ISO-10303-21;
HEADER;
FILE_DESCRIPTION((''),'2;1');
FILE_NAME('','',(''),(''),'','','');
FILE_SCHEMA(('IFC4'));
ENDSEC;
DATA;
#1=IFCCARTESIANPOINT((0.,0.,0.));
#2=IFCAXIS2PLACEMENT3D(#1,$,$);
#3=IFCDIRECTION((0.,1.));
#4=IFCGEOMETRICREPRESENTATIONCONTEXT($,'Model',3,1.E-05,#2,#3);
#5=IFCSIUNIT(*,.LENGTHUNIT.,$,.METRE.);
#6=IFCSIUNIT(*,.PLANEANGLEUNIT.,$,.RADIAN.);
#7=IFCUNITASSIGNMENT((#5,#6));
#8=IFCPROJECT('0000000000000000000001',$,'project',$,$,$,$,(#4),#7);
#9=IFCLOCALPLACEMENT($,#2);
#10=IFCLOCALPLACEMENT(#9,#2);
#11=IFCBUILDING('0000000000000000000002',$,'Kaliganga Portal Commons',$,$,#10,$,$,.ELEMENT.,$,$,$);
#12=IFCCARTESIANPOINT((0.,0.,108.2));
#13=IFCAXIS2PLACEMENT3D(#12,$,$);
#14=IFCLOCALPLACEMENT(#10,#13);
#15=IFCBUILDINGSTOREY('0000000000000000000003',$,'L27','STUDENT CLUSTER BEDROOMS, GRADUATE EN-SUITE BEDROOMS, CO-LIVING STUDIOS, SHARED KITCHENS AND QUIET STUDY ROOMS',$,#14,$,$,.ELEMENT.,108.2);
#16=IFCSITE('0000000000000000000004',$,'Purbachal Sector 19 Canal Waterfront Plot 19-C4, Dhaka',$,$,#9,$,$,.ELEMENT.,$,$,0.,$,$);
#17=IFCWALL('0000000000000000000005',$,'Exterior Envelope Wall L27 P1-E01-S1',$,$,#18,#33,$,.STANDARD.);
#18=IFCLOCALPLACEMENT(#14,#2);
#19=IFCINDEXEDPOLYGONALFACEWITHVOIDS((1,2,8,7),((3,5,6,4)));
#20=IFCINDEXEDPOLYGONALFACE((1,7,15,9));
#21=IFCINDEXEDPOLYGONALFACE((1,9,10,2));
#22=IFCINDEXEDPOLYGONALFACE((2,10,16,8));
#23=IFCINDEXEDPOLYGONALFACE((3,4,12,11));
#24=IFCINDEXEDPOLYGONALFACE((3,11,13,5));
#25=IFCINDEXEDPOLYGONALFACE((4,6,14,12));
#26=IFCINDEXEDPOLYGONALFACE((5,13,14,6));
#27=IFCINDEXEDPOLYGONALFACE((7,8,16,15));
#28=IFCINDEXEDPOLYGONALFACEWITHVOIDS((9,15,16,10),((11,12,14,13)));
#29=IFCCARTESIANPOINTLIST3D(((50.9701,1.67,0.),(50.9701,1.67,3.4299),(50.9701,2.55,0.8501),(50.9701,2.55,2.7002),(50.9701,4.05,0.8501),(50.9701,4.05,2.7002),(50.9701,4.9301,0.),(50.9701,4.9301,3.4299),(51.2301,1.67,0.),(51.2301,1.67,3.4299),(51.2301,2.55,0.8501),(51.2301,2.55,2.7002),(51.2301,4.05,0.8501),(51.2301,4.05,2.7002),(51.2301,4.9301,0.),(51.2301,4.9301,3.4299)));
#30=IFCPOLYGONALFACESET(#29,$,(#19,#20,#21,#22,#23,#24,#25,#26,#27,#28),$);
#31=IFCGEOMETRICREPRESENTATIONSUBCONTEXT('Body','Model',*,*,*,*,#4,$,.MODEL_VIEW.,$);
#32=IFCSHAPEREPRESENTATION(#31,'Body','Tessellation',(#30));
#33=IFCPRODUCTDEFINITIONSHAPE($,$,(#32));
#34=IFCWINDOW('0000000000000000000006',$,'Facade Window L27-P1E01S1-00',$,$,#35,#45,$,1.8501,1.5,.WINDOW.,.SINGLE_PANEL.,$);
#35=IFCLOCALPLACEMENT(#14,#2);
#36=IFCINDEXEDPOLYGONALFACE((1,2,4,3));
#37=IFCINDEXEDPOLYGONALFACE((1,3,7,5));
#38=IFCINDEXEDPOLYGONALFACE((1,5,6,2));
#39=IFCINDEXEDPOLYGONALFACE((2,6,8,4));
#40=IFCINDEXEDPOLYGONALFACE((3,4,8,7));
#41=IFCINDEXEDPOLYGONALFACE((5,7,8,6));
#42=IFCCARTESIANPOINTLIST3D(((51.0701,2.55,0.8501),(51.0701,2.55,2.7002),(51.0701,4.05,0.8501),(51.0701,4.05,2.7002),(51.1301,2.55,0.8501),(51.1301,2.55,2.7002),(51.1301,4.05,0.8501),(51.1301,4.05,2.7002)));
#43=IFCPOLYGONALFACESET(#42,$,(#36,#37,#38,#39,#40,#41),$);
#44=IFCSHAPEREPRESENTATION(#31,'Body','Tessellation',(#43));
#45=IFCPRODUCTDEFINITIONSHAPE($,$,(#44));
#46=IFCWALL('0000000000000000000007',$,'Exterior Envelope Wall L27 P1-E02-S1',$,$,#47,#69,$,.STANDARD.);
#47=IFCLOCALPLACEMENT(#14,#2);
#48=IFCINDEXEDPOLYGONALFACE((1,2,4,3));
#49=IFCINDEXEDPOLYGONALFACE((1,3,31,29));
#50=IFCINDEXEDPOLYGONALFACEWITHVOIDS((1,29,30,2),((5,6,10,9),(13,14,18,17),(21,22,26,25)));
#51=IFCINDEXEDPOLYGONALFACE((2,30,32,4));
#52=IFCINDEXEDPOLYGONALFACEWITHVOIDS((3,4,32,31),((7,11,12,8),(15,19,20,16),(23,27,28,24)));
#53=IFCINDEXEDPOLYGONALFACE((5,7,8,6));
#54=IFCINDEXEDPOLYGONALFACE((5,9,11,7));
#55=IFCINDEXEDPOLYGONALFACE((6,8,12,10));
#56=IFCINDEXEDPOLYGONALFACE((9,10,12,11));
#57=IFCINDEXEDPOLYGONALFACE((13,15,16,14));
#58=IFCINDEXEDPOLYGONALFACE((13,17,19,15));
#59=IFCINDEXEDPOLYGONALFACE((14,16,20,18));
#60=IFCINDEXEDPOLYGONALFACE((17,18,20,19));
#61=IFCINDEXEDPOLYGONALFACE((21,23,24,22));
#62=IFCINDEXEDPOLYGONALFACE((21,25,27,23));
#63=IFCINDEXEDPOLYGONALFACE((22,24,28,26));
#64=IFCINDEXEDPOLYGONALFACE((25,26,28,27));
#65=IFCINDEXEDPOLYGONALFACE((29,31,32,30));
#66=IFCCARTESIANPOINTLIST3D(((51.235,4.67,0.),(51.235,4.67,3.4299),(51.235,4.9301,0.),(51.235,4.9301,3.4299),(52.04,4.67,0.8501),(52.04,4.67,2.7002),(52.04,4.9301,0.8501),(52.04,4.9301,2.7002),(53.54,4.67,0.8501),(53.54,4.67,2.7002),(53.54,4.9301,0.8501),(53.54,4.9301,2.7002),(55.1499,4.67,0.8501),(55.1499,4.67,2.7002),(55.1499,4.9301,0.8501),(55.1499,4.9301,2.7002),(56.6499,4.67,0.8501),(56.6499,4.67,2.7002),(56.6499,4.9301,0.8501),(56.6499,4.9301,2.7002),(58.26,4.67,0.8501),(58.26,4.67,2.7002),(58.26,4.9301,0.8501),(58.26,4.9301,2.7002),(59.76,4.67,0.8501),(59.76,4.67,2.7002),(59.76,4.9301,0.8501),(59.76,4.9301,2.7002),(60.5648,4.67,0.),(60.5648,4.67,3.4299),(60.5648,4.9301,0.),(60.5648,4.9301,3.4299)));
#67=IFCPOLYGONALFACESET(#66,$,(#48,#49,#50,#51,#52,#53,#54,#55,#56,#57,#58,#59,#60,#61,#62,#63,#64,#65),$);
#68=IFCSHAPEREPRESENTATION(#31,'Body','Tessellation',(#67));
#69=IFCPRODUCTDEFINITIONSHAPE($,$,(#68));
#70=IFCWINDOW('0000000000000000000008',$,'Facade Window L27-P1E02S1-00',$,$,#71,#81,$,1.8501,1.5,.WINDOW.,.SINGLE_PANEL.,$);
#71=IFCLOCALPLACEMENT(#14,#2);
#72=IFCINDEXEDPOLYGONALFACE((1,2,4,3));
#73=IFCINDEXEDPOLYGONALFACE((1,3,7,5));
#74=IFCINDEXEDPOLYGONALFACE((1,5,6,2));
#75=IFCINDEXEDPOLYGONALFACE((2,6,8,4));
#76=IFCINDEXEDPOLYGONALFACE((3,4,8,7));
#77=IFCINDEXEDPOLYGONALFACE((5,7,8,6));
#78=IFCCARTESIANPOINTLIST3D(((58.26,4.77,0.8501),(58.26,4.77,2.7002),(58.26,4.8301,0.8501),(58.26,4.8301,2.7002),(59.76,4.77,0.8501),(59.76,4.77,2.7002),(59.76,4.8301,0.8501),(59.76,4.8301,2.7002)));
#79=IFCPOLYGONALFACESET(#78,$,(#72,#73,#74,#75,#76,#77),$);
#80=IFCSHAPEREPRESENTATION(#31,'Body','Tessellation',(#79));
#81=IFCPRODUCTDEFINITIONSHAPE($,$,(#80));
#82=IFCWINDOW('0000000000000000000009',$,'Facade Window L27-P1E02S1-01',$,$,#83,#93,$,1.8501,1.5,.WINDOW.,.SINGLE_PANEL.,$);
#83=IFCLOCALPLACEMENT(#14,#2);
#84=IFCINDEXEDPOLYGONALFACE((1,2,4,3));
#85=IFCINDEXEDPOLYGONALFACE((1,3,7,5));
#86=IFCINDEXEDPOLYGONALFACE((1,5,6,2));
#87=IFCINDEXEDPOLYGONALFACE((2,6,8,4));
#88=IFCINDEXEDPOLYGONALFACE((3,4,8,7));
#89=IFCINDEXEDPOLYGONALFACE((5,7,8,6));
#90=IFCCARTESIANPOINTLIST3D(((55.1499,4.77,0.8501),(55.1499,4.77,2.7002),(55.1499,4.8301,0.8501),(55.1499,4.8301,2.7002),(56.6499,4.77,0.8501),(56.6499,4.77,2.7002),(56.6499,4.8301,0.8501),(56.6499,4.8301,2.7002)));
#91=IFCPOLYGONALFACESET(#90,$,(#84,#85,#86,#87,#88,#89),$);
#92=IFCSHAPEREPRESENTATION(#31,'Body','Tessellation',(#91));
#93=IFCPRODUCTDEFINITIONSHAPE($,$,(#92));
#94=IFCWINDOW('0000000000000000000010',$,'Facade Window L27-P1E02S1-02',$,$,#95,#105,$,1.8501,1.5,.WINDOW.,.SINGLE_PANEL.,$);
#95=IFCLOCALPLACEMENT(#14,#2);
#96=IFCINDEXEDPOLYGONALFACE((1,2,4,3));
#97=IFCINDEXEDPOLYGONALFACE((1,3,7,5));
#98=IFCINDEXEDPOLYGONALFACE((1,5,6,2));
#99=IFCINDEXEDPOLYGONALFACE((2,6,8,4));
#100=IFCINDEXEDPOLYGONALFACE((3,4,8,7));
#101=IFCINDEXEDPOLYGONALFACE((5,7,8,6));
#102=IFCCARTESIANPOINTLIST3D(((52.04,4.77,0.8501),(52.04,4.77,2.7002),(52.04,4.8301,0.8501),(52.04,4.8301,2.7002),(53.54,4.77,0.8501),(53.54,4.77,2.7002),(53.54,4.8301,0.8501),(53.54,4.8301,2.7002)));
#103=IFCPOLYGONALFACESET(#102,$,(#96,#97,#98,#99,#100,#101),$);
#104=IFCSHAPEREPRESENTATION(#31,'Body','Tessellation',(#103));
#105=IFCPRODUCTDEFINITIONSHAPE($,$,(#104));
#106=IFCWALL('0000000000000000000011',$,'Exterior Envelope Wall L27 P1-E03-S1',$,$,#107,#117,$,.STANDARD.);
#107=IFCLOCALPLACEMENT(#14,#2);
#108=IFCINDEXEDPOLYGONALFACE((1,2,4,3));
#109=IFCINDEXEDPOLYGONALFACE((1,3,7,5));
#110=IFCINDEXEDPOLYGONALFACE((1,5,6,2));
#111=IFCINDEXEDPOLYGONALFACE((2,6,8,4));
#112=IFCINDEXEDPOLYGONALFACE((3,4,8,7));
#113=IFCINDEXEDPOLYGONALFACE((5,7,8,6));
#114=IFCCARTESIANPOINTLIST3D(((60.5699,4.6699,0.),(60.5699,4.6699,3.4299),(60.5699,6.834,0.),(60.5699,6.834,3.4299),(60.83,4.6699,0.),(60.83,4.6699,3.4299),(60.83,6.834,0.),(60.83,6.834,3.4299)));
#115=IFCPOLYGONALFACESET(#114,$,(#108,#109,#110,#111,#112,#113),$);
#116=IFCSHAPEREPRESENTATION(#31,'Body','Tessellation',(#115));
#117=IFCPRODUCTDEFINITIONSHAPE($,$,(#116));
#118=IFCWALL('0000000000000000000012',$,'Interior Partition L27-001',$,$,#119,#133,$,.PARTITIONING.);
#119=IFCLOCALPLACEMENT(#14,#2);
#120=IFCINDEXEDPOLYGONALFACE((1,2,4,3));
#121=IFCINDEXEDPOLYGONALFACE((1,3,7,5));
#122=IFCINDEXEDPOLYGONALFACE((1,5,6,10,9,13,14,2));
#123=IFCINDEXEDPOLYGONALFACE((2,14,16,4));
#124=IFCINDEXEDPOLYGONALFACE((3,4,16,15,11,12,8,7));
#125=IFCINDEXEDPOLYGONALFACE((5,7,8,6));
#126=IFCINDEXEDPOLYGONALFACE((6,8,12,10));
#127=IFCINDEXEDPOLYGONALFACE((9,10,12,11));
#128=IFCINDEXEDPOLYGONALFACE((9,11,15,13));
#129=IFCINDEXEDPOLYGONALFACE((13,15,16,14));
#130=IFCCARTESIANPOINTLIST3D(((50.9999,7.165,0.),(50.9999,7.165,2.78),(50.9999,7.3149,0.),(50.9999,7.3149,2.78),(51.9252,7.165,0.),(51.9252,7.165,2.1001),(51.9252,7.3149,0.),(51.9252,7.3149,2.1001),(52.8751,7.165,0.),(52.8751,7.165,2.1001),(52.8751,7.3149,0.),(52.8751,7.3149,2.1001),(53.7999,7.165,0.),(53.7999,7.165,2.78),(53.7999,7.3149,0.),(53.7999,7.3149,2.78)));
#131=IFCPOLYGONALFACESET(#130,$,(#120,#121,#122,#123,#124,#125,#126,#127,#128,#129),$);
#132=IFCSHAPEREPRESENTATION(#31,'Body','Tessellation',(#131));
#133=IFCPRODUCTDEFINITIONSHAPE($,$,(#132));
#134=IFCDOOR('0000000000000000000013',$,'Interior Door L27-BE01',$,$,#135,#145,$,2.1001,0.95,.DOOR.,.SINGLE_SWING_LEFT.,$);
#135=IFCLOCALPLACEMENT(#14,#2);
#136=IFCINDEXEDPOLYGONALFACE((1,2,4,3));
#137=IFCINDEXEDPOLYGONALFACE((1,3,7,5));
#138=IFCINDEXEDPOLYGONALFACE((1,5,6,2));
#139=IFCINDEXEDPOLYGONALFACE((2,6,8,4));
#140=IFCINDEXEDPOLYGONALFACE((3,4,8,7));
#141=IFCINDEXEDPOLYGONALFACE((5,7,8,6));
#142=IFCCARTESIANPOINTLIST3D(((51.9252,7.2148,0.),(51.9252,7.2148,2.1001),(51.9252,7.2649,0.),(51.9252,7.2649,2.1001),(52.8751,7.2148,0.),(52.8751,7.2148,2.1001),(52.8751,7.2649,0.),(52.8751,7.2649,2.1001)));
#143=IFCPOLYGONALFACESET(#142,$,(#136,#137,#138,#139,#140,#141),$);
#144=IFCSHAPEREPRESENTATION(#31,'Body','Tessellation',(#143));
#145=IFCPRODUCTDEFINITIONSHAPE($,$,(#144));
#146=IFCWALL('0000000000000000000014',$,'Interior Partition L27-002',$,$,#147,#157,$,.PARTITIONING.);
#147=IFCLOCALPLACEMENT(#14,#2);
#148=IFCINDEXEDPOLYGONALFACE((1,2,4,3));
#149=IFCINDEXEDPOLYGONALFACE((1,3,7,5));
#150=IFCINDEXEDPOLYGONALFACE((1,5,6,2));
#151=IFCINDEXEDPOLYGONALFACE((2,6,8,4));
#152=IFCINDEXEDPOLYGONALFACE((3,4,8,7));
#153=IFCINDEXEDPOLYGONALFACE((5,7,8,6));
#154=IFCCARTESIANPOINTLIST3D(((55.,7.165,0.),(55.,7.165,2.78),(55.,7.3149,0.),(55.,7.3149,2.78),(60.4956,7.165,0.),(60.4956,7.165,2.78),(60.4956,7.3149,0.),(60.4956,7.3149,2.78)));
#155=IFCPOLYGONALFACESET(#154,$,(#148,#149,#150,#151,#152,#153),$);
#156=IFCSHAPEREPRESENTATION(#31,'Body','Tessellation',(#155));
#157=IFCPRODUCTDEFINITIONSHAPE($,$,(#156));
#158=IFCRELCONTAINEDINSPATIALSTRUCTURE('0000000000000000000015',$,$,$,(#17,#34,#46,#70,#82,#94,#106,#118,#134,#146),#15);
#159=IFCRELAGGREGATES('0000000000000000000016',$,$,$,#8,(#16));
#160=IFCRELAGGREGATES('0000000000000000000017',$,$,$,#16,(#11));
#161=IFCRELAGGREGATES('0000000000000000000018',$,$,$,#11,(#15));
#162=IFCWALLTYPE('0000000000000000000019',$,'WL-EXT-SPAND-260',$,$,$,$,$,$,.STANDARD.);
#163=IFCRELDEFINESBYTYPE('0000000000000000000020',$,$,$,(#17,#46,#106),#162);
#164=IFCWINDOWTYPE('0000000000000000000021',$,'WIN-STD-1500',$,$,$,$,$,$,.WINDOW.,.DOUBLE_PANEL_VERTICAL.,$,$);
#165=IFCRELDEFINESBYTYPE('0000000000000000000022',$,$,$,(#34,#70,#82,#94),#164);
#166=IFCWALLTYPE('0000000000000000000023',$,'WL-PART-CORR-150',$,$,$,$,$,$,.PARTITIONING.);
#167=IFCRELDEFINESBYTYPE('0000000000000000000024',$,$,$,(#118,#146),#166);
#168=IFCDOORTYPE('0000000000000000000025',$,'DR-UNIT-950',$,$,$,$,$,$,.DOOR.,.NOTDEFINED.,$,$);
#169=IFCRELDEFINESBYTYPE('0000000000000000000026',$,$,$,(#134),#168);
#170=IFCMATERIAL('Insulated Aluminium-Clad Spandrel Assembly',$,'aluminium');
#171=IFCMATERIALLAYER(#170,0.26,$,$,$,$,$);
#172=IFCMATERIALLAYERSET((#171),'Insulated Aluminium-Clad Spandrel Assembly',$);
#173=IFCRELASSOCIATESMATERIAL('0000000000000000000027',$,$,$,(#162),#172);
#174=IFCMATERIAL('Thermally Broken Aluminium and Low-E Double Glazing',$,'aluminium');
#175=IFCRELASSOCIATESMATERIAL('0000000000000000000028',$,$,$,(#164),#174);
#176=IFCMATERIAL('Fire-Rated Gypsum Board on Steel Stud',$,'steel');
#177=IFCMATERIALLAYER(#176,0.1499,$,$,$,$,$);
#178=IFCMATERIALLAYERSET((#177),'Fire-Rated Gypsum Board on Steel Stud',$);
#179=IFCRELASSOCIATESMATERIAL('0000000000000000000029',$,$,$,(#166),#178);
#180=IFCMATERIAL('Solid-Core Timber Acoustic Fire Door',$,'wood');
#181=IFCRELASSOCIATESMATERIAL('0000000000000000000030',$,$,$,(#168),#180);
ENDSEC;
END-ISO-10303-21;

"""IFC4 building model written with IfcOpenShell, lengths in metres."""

from ifc_helpers import new_model, si_unit, direction, frame, frame_2d, origin, place, context, subcontext, project, spatial, rectangle, extrude, material, layer, layer_set, type_object, element, fill, save


model = new_model("IFC4")

# Units and contexts
model_context = context("Model", 3, precision=1e-05, world=origin(), true_north=direction((0.0, 1.0)))
body_context = subcontext(model_context, "Body", "Model", "MODEL_VIEW")
ifc_project = project(units=[si_unit("LENGTHUNIT", "METRE"), si_unit("PLANEANGLEUNIT", "RADIAN")], contexts=[model_context])

# Site, building, storey
site_placement = place(None, origin())
site = spatial("IfcSite", under=ifc_project, at=site_placement, Name="Purbachal Sector 19 Canal Waterfront Plot 19-C4, Dhaka", CompositionType="ELEMENT", RefElevation=0.0)
building_placement = place(site_placement, origin())
building = spatial("IfcBuilding", under=site, at=building_placement, Name="Kaliganga Portal Commons", CompositionType="ELEMENT")
storey_placement = place(building_placement, frame((0.0, 0.0, 108.2)))
storey = spatial("IfcBuildingStorey", under=building, at=storey_placement, Name="L27", Description="STUDENT CLUSTER BEDROOMS, GRADUATE EN-SUITE BEDROOMS, CO-LIVING STUDIOS, SHARED KITCHENS AND QUIET STUDY ROOMS", CompositionType="ELEMENT", Elevation=108.2)

# Wall, opening, window
ifc_material_1 = material(Name="Insulated Aluminium-Clad Spandrel Assembly", Category="aluminium")
ifc_layer_1 = layer(ifc_material_1, 0.26)
ifc_layer_set_1 = layer_set([ifc_layer_1], Name="Insulated Aluminium-Clad Spandrel Assembly")
wall_type_1 = type_object("IfcWallType", Name="WL-EXT-SPAND-260", PredefinedType="STANDARD", material=ifc_layer_set_1)
wall_1_placement = place(storey_placement, frame((51.1001, 4.9299, 0.0), z_axis=(0.0, 0.0, 1.0), x_axis=(0.0, -1.0, 0.0)))
wall_1 = element("IfcWall", 1, at=wall_1_placement, inside=storey, type_object=wall_type_1, Name="Exterior Envelope Wall L27 P1-E01-S1", PredefinedType="STANDARD", context=body_context, shape_type="SweptSolid", body=[
    extrude(rectangle(XDim=3.26, YDim=0.26, at=frame_2d((1.6299, 0.0))), origin(), (0.0, 0.0, 1.0), 3.4299),
])
opening_1_placement = place(wall_1_placement, frame((0.8799, 0.0, 0.8501)))
opening_1 = element("IfcOpeningElement", 2, at=opening_1_placement, cuts=wall_1, PredefinedType="OPENING", context=body_context, shape_type="SweptSolid", body=[
    extrude(rectangle(XDim=1.5, YDim=1.8501, at=frame_2d((0.75, 0.925))), frame((0.0, 0.1401, 0.0), z_axis=(0.0, -1.0, 0.0), x_axis=(1.0, 0.0, 0.0)), (0.0, 0.0, 1.0), 0.28),
])
ifc_material_2 = material(Name="Thermally Broken Aluminium and Low-E Double Glazing", Category="aluminium")
window_type = type_object("IfcWindowType", Name="WIN-STD-1500", PartitioningType="DOUBLE_PANEL_VERTICAL", PredefinedType="WINDOW", material=ifc_material_2)
window_1_placement = place(opening_1_placement, origin())
window_1 = element("IfcWindow", 3, at=window_1_placement, inside=storey, type_object=window_type, Name="Facade Window L27-P1E01S1-00", OverallHeight=1.8501, OverallWidth=1.5, PartitioningType="SINGLE_PANEL", PredefinedType="WINDOW", context=body_context, shape_type="SweptSolid", body=[
    extrude(rectangle(XDim=1.5, YDim=1.8501, at=frame_2d((0.75, 0.925))), frame((0.0, 0.03, 0.0), z_axis=(0.0, -1.0, 0.0), x_axis=(1.0, 0.0, 0.0)), (0.0, 0.0, 1.0), 0.0601),
])
fill(opening_1, window_1)

# Wall, openings, windows
wall_2_placement = place(storey_placement, frame((60.5649, 4.8, 0.0), z_axis=(0.0, 0.0, 1.0), x_axis=(-1.0, 0.0, 0.0)))
wall_2 = element("IfcWall", 4, at=wall_2_placement, inside=storey, type_object=wall_type_1, Name="Exterior Envelope Wall L27 P1-E02-S1", PredefinedType="STANDARD", context=body_context, shape_type="SweptSolid", body=[
    extrude(rectangle(XDim=9.3298, YDim=0.26, at=frame_2d((4.665, 0.0))), origin(), (0.0, 0.0, 1.0), 3.4299),
])
opening_2_placement = place(wall_2_placement, frame((0.8049, 0.0, 0.8501)))
opening_2 = element("IfcOpeningElement", 5, at=opening_2_placement, cuts=wall_2, PredefinedType="OPENING", context=body_context, shape_type="SweptSolid", body=[
    extrude(rectangle(XDim=1.5, YDim=1.8501, at=frame_2d((0.75, 0.925))), frame((0.0, 0.1401, 0.0), z_axis=(0.0, -1.0, 0.0), x_axis=(1.0, 0.0, 0.0)), (0.0, 0.0, 1.0), 0.28),
])
opening_3_placement = place(wall_2_placement, frame((3.915, 0.0, 0.8501)))
opening_3 = element("IfcOpeningElement", 6, at=opening_3_placement, cuts=wall_2, PredefinedType="OPENING", context=body_context, shape_type="SweptSolid", body=[
    extrude(rectangle(XDim=1.5, YDim=1.8501, at=frame_2d((0.75, 0.925))), frame((0.0, 0.1401, 0.0), z_axis=(0.0, -1.0, 0.0), x_axis=(1.0, 0.0, 0.0)), (0.0, 0.0, 1.0), 0.28),
])
opening_4_placement = place(wall_2_placement, frame((7.0249, 0.0, 0.8501)))
opening_4 = element("IfcOpeningElement", 7, at=opening_4_placement, cuts=wall_2, PredefinedType="OPENING", context=body_context, shape_type="SweptSolid", body=[
    extrude(rectangle(XDim=1.5, YDim=1.8501, at=frame_2d((0.75, 0.925))), frame((0.0, 0.1401, 0.0), z_axis=(0.0, -1.0, 0.0), x_axis=(1.0, 0.0, 0.0)), (0.0, 0.0, 1.0), 0.28),
])
window_2_placement = place(opening_2_placement, origin())
window_2 = element("IfcWindow", 8, at=window_2_placement, inside=storey, type_object=window_type, Name="Facade Window L27-P1E02S1-00", OverallHeight=1.8501, OverallWidth=1.5, PartitioningType="SINGLE_PANEL", PredefinedType="WINDOW", context=body_context, shape_type="SweptSolid", body=[
    extrude(rectangle(XDim=1.5, YDim=1.8501, at=frame_2d((0.75, 0.925))), frame((0.0, 0.03, 0.0), z_axis=(0.0, -1.0, 0.0), x_axis=(1.0, 0.0, 0.0)), (0.0, 0.0, 1.0), 0.0601),
])
fill(opening_2, window_2)
window_3_placement = place(opening_3_placement, origin())
window_3 = element("IfcWindow", 9, at=window_3_placement, inside=storey, type_object=window_type, Name="Facade Window L27-P1E02S1-01", OverallHeight=1.8501, OverallWidth=1.5, PartitioningType="SINGLE_PANEL", PredefinedType="WINDOW", context=body_context, shape_type="SweptSolid", body=[
    extrude(rectangle(XDim=1.5, YDim=1.8501, at=frame_2d((0.75, 0.925))), frame((0.0, 0.03, 0.0), z_axis=(0.0, -1.0, 0.0), x_axis=(1.0, 0.0, 0.0)), (0.0, 0.0, 1.0), 0.0601),
])
fill(opening_3, window_3)
window_4_placement = place(opening_4_placement, origin())
window_4 = element("IfcWindow", 10, at=window_4_placement, inside=storey, type_object=window_type, Name="Facade Window L27-P1E02S1-02", OverallHeight=1.8501, OverallWidth=1.5, PartitioningType="SINGLE_PANEL", PredefinedType="WINDOW", context=body_context, shape_type="SweptSolid", body=[
    extrude(rectangle(XDim=1.5, YDim=1.8501, at=frame_2d((0.75, 0.925))), frame((0.0, 0.03, 0.0), z_axis=(0.0, -1.0, 0.0), x_axis=(1.0, 0.0, 0.0)), (0.0, 0.0, 1.0), 0.0601),
])
fill(opening_4, window_4)

# Wall
wall_3_placement = place(storey_placement, frame((60.7, 6.834, 0.0), z_axis=(0.0, 0.0, 1.0), x_axis=(0.0, -1.0, 0.0)))
element("IfcWall", 11, at=wall_3_placement, inside=storey, type_object=wall_type_1, Name="Exterior Envelope Wall L27 P1-E03-S1", PredefinedType="STANDARD", context=body_context, shape_type="SweptSolid", body=[
    extrude(rectangle(XDim=2.1641, YDim=0.26, at=frame_2d((1.082, 0.0))), origin(), (0.0, 0.0, 1.0), 3.4299),
])

# Wall, opening, door
ifc_material_3 = material(Name="Fire-Rated Gypsum Board on Steel Stud", Category="steel")
ifc_layer_2 = layer(ifc_material_3, 0.1499)
ifc_layer_set_2 = layer_set([ifc_layer_2], Name="Fire-Rated Gypsum Board on Steel Stud")
wall_type_2 = type_object("IfcWallType", Name="WL-PART-CORR-150", PredefinedType="PARTITIONING", material=ifc_layer_set_2)
wall_4_placement = place(storey_placement, frame((51.0, 7.24, 0.0), z_axis=(0.0, 0.0, 1.0), x_axis=(1.0, 0.0, 0.0)))
wall_4 = element("IfcWall", 12, at=wall_4_placement, inside=storey, type_object=wall_type_2, Name="Interior Partition L27-001", PredefinedType="PARTITIONING", context=body_context, shape_type="SweptSolid", body=[
    extrude(rectangle(XDim=2.8, YDim=0.1499, at=frame_2d((1.3999, 0.0))), origin(), (0.0, 0.0, 1.0), 2.78),
])
opening_5_placement = place(wall_4_placement, frame((0.925, 0.0, 0.0)))
opening_5 = element("IfcOpeningElement", 13, at=opening_5_placement, cuts=wall_4, PredefinedType="OPENING", context=body_context, shape_type="SweptSolid", body=[
    extrude(rectangle(XDim=0.95, YDim=2.1001, at=frame_2d((0.4751, 1.05))), frame((0.0, 0.085, 0.0), z_axis=(0.0, -1.0, 0.0), x_axis=(1.0, 0.0, 0.0)), (0.0, 0.0, 1.0), 0.1699),
])
ifc_material_4 = material(Name="Solid-Core Timber Acoustic Fire Door", Category="wood")
door_type = type_object("IfcDoorType", Name="DR-UNIT-950", OperationType="NOTDEFINED", PredefinedType="DOOR", material=ifc_material_4)
door_placement = place(opening_5_placement, origin())
door = element("IfcDoor", 14, at=door_placement, inside=storey, type_object=door_type, Name="Interior Door L27-BE01", OperationType="SINGLE_SWING_LEFT", OverallHeight=2.1001, OverallWidth=0.95, PredefinedType="DOOR", context=body_context, shape_type="SweptSolid", body=[
    extrude(rectangle(XDim=0.95, YDim=2.1001, at=frame_2d((0.4751, 1.05))), frame((0.0, 0.0249, 0.0), z_axis=(0.0, -1.0, 0.0), x_axis=(1.0, 0.0, 0.0)), (0.0, 0.0, 1.0), 0.05),
])
fill(opening_5, door)

# Wall
wall_5_placement = place(storey_placement, frame((55.0, 7.24, 0.0), z_axis=(0.0, 0.0, 1.0), x_axis=(1.0, 0.0, 0.0)))
element("IfcWall", 15, at=wall_5_placement, inside=storey, type_object=wall_type_2, Name="Interior Partition L27-002", PredefinedType="PARTITIONING", context=body_context, shape_type="SweptSolid", body=[
    extrude(rectangle(XDim=5.4956, YDim=0.1499, at=frame_2d((2.7478, 0.0))), origin(), (0.0, 0.0, 1.0), 2.78),
])

save(model, "model.ifc")
